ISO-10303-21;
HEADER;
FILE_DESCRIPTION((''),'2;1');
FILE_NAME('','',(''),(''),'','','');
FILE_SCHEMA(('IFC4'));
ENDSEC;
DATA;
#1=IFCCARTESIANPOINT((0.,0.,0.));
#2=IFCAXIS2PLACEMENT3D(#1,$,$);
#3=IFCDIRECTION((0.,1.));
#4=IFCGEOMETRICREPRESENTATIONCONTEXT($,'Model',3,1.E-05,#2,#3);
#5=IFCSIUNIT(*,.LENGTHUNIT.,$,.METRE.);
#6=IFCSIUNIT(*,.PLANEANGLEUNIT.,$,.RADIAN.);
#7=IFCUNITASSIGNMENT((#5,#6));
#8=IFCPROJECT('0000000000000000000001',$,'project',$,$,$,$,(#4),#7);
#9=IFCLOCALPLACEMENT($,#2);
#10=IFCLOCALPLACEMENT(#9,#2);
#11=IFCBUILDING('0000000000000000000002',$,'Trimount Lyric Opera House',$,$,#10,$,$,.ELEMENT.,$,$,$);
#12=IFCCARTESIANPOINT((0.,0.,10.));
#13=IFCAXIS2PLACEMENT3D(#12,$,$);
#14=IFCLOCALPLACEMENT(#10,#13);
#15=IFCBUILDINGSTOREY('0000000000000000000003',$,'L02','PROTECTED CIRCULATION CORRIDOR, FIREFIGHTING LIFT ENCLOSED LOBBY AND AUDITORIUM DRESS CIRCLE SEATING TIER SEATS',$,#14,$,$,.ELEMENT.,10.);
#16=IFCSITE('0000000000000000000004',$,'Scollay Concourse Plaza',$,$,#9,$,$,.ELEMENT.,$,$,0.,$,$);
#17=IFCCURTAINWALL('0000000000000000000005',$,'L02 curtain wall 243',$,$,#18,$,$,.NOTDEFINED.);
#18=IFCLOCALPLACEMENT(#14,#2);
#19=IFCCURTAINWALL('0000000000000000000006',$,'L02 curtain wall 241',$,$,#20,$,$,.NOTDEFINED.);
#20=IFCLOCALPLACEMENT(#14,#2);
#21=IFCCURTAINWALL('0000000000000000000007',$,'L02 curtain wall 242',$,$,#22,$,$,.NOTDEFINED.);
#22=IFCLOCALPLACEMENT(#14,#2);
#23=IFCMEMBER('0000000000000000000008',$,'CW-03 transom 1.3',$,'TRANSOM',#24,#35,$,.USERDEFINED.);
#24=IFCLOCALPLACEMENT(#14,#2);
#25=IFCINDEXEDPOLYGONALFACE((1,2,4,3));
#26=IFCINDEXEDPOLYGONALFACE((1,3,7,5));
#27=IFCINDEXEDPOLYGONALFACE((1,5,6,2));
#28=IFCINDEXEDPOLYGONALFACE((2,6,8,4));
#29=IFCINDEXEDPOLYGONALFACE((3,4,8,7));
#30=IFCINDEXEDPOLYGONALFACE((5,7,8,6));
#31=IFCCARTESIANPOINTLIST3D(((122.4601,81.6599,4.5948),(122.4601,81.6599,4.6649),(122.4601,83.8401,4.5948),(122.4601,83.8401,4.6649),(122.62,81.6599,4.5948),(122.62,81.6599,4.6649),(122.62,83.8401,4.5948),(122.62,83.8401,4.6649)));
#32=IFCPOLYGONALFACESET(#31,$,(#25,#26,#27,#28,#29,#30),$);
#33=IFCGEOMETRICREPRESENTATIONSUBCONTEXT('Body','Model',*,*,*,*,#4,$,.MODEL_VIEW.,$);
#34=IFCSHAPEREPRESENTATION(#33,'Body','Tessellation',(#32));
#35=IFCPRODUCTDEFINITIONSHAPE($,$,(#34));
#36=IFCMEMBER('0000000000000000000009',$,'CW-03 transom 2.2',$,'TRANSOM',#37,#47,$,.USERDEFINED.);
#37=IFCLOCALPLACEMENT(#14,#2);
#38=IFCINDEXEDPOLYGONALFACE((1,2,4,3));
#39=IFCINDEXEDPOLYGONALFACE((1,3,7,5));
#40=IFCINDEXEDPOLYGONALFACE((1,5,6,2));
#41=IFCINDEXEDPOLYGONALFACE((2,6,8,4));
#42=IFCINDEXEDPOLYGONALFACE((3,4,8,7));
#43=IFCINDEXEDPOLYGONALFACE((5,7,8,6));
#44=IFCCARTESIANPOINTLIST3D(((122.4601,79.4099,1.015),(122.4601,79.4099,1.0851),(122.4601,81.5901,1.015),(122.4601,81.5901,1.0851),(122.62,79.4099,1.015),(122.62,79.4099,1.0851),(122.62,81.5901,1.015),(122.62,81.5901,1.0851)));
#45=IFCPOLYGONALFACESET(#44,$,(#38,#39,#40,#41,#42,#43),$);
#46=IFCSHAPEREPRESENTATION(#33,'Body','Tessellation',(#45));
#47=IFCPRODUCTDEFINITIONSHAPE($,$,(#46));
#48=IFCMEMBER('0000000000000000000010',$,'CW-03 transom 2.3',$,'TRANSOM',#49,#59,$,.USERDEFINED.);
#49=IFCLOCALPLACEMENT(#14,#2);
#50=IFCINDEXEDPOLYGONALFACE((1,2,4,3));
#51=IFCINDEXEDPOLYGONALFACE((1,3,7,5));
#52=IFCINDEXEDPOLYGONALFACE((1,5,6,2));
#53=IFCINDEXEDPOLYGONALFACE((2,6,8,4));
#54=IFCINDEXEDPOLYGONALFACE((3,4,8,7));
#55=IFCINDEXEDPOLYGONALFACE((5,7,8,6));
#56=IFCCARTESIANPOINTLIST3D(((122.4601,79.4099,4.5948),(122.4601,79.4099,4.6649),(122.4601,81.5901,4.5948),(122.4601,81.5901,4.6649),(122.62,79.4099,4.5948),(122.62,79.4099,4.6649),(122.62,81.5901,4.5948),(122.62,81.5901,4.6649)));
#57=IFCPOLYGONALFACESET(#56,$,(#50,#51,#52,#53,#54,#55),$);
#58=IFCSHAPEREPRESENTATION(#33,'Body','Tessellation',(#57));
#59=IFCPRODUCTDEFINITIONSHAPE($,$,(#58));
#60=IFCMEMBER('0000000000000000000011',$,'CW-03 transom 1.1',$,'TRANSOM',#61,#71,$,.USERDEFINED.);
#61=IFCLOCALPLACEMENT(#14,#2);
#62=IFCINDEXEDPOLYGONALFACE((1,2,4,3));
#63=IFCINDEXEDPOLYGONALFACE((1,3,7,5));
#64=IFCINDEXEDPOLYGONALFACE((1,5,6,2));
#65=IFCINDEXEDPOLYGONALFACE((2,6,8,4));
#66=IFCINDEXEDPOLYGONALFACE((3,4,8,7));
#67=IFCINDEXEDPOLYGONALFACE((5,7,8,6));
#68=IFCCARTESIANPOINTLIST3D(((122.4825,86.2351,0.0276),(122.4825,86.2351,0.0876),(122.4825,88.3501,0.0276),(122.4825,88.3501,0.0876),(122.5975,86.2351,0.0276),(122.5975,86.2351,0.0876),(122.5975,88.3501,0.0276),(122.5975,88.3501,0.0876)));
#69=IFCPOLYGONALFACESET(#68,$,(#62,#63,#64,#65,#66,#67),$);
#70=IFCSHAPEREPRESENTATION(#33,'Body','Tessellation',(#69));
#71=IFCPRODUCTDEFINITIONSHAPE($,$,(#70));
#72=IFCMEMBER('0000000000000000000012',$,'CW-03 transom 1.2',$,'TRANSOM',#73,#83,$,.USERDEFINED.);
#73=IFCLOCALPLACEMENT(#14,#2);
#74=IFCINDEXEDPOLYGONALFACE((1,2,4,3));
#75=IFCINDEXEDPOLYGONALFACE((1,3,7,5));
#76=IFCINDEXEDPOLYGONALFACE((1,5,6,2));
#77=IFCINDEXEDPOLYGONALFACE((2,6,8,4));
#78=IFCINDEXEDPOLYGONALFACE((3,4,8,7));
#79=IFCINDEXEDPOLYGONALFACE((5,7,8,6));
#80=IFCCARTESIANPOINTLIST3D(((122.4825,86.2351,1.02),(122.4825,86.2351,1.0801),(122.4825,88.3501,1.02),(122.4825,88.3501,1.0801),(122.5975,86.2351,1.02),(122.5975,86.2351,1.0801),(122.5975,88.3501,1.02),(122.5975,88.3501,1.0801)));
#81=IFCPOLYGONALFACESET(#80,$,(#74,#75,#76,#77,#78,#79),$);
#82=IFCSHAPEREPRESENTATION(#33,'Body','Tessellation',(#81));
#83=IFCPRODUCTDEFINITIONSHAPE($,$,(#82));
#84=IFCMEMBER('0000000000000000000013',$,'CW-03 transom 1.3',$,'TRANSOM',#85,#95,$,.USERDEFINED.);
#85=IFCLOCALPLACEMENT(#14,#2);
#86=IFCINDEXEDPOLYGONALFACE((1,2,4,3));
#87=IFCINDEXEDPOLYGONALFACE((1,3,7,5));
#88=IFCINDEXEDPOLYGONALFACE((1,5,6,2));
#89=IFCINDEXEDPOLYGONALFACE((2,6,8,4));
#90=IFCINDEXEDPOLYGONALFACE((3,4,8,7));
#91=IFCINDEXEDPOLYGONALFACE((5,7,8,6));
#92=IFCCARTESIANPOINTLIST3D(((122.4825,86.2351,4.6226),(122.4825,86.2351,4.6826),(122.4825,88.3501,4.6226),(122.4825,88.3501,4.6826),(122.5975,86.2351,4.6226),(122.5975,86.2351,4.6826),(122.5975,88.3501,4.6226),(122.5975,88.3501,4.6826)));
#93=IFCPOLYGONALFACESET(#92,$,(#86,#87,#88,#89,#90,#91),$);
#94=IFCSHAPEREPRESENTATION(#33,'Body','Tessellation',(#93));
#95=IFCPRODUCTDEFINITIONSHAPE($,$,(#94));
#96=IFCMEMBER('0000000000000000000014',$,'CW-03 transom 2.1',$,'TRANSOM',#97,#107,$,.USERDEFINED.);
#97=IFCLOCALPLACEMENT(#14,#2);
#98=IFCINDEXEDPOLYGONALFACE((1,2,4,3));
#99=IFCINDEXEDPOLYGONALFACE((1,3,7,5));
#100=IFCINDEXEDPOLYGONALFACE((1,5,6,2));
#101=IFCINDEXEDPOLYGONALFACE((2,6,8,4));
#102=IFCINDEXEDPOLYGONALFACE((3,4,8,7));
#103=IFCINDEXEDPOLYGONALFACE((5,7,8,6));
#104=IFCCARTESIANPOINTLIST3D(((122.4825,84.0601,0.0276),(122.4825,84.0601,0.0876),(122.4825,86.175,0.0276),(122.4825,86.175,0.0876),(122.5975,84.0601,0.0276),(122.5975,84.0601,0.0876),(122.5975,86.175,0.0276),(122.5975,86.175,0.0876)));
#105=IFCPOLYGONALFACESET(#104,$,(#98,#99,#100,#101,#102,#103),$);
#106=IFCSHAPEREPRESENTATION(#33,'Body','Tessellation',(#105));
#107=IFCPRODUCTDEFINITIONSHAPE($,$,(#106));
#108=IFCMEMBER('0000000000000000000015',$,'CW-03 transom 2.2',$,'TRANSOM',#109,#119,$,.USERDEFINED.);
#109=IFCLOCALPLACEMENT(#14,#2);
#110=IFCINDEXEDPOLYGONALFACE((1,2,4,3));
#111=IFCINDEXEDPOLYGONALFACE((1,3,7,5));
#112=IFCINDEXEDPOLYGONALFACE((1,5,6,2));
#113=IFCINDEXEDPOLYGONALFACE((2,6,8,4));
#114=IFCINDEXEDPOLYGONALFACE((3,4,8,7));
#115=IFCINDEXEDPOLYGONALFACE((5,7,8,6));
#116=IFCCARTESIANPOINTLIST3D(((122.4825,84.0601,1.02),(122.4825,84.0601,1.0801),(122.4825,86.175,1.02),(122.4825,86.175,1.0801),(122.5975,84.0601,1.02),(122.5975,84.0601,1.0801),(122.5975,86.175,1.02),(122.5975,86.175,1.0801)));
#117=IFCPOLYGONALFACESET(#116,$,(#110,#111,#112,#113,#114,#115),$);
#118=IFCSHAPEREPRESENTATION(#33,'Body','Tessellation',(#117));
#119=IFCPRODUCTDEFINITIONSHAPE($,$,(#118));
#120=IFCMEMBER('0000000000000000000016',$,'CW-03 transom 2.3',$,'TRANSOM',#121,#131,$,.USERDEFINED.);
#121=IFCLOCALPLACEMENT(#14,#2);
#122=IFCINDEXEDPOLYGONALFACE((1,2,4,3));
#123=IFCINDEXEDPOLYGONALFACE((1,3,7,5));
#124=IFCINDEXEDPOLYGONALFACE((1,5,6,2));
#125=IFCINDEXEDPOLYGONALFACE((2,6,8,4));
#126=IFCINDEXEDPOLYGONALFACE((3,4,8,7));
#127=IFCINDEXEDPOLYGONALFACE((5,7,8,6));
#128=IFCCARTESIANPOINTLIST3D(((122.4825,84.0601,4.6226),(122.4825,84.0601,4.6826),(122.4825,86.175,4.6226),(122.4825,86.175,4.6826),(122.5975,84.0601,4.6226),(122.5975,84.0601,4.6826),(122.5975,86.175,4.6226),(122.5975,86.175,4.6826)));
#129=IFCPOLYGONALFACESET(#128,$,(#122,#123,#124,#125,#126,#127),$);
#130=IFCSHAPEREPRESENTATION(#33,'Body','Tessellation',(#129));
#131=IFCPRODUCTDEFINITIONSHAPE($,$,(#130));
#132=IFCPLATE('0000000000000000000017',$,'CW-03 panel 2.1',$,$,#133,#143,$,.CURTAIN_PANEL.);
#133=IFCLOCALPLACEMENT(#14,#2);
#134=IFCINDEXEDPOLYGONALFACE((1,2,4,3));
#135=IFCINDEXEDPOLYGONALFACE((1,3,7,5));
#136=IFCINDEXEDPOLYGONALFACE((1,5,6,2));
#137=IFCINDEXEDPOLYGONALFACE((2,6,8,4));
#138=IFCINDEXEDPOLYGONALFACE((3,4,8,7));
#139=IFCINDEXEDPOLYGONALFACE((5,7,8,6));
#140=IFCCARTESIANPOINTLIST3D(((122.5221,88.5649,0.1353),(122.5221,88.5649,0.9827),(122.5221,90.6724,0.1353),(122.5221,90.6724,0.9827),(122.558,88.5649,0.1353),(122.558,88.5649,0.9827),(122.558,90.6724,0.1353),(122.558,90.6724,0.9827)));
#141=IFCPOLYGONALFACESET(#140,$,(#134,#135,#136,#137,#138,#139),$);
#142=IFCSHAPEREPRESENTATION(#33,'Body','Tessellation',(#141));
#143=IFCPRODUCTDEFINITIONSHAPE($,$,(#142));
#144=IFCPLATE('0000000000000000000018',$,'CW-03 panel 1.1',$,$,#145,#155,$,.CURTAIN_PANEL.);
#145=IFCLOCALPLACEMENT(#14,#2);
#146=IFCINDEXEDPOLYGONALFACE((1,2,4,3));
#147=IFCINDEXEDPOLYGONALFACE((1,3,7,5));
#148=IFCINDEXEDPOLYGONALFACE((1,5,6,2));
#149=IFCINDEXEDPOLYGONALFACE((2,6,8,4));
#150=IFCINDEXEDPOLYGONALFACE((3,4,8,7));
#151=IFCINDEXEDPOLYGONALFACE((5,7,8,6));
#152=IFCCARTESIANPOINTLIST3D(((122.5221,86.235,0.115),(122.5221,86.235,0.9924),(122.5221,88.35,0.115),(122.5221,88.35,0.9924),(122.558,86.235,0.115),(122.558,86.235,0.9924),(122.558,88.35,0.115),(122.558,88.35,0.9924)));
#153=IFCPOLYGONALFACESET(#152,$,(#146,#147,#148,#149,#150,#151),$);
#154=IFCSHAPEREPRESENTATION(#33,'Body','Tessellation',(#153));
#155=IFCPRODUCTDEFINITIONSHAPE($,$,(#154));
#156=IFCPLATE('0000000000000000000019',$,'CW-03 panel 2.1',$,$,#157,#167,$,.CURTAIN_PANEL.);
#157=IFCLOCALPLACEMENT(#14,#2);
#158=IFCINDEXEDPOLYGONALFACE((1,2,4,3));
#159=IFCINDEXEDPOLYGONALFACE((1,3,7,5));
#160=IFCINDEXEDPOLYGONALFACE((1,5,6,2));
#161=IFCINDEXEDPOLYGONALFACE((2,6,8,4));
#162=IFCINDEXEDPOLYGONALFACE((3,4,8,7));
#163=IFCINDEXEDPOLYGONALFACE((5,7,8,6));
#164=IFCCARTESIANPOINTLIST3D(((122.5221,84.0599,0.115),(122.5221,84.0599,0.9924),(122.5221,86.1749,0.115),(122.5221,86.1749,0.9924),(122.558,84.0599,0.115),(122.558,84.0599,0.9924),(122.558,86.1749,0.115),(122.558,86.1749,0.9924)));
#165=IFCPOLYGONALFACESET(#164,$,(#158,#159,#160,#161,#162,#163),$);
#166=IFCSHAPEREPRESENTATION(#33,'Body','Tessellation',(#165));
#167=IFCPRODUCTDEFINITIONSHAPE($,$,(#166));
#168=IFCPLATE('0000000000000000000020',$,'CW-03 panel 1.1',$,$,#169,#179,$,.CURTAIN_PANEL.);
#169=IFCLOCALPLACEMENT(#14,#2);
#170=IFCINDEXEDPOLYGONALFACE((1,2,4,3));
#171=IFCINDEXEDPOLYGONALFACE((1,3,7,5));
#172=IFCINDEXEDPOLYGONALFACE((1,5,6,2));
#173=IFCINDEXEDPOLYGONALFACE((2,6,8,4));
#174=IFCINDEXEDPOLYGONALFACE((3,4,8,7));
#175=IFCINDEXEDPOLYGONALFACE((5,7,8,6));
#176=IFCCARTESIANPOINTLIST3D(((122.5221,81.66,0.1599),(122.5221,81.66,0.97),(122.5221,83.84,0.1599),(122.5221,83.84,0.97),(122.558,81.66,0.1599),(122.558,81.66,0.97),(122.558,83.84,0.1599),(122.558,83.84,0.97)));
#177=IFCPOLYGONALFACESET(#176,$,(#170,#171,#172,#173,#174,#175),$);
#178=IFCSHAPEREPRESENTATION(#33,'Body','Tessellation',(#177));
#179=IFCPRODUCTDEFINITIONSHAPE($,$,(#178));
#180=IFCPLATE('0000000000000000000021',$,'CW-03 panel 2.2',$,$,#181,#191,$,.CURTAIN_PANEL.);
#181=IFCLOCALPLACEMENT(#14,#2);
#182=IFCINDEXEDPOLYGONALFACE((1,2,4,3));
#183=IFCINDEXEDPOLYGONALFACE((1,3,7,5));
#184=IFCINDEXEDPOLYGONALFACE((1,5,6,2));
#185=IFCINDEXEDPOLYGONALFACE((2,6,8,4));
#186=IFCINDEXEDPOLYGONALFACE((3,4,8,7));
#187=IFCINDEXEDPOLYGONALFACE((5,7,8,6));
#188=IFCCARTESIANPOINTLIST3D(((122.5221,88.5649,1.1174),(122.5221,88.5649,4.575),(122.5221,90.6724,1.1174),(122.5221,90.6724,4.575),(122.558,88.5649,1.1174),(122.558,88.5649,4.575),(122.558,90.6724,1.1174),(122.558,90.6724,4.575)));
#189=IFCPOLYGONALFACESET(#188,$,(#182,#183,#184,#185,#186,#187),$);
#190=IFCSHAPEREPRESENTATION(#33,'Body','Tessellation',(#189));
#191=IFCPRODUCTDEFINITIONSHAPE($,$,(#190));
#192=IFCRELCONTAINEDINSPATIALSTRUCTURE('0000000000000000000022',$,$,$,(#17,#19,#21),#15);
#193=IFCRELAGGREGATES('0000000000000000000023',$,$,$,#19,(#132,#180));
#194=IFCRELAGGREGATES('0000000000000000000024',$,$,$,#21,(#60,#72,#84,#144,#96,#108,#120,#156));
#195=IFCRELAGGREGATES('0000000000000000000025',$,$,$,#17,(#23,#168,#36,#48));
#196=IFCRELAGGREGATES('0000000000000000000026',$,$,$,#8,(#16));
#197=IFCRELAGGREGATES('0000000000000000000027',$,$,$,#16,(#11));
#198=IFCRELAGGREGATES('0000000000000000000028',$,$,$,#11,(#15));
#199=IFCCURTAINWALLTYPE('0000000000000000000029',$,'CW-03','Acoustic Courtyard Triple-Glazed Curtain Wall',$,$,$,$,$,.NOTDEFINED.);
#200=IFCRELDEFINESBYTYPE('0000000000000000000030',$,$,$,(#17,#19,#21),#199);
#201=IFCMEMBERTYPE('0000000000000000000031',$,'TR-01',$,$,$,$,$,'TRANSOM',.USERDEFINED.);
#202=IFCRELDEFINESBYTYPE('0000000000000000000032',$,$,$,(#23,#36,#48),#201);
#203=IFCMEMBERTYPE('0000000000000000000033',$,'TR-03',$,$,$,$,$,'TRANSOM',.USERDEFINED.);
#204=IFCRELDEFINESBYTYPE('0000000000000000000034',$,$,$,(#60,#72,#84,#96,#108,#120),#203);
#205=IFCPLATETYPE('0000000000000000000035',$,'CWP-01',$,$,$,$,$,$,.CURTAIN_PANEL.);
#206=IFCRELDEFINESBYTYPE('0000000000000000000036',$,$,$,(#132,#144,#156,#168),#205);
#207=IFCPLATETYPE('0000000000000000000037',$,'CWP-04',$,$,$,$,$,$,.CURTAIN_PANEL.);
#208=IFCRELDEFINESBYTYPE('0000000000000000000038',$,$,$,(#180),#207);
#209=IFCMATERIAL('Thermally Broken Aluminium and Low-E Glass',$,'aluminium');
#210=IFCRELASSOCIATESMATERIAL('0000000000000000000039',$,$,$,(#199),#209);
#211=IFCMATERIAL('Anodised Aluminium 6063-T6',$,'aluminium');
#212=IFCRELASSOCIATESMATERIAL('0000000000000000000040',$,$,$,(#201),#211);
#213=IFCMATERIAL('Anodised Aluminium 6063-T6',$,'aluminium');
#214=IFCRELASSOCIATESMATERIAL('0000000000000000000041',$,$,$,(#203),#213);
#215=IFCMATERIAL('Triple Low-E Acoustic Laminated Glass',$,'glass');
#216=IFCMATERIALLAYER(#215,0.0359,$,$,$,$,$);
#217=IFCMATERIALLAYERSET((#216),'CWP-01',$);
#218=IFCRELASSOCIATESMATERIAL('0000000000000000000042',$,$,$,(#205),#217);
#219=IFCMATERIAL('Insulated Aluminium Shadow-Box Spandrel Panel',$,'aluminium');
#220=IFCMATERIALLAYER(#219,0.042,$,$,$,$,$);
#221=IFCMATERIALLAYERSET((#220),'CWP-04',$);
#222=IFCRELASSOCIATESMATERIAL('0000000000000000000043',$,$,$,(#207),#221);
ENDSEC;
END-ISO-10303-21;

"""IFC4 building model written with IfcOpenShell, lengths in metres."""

from ifc_helpers import new_model, si_unit, direction, frame, origin, origin_2d, place, context, subcontext, project, spatial, rectangle, extrude, material, layer, layer_set, material_profile, profile_set, type_object, element, aggregate, save


model = new_model("IFC4")

# Units and contexts
model_context = context("Model", 3, precision=1e-05, world=origin(), true_north=direction((0.0, 1.0)))
body_context = subcontext(model_context, "Body", "Model", "MODEL_VIEW")
ifc_project = project(units=[si_unit("LENGTHUNIT", "METRE"), si_unit("PLANEANGLEUNIT", "RADIAN")], contexts=[model_context])

# Site, building, storey
site_placement = place(None, origin())
site = spatial("IfcSite", under=ifc_project, at=site_placement, Name="Scollay Concourse Plaza", CompositionType="ELEMENT", RefElevation=0.0)
building_placement = place(site_placement, origin())
building = spatial("IfcBuilding", under=site, at=building_placement, Name="Trimount Lyric Opera House", CompositionType="ELEMENT")
storey_placement = place(building_placement, frame((0.0, 0.0, 10.0)))
storey = spatial("IfcBuildingStorey", under=building, at=storey_placement, Name="L02", Description="PROTECTED CIRCULATION CORRIDOR, FIREFIGHTING LIFT ENCLOSED LOBBY AND AUDITORIUM DRESS CIRCLE SEATING TIER SEATS", CompositionType="ELEMENT", Elevation=10.0)

# Curtain wall
ifc_material_1 = material(Name="Thermally Broken Aluminium and Low-E Glass", Category="aluminium")
curtain_wall_type = type_object("IfcCurtainWallType", Name="CW-03", Description="Acoustic Courtyard Triple-Glazed Curtain Wall", PredefinedType="NOTDEFINED", material=ifc_material_1)
curtain_wall_1_placement = place(storey_placement, origin())
curtain_wall_1 = element("IfcCurtainWall", 1, at=curtain_wall_1_placement, inside=storey, type_object=curtain_wall_type, Name="L02 curtain wall 243", PredefinedType="NOTDEFINED")

# Curtain wall
curtain_wall_2_placement = place(storey_placement, origin())
curtain_wall_2 = element("IfcCurtainWall", 2, at=curtain_wall_2_placement, inside=storey, type_object=curtain_wall_type, Name="L02 curtain wall 241", PredefinedType="NOTDEFINED")

# Curtain wall
curtain_wall_3_placement = place(storey_placement, origin())
curtain_wall_3 = element("IfcCurtainWall", 3, at=curtain_wall_3_placement, inside=storey, type_object=curtain_wall_type, Name="L02 curtain wall 242", PredefinedType="NOTDEFINED")

# Members
ifc_material_2 = material(Name="Anodised Aluminium 6063-T6", Category="aluminium")
ifc_material_profile_1 = material_profile(ifc_material_2, rectangle(XDim=0.1599, YDim=0.0701, at=origin_2d()), Name="ALU-TRAN-70X160")
ifc_profile_set_1 = profile_set([ifc_material_profile_1], Name="Anodised Aluminium 6063-T6")
member_type_1 = type_object("IfcMemberType", Name="TR-01", ElementType="TRANSOM", PredefinedType="USERDEFINED", material=ifc_profile_set_1)
member_1_placement = place(storey_placement, frame((122.54, 83.8401, 4.6299), z_axis=(0.0, -1.0, 0.0), x_axis=(1.0, 0.0, 0.0)))
member_1 = element("IfcMember", 4, at=member_1_placement, type_object=member_type_1, Name="CW-03 transom 1.3", ObjectType="TRANSOM", PredefinedType="USERDEFINED", context=body_context, shape_type="SweptSolid", body=[
    extrude(rectangle(XDim=0.1599, YDim=0.0701, at=origin_2d()), origin(), (0.0, 0.0, 1.0), 2.1802),
])
member_2_placement = place(storey_placement, frame((122.54, 81.5901, 1.05), z_axis=(0.0, -1.0, 0.0), x_axis=(1.0, 0.0, 0.0)))
member_2 = element("IfcMember", 5, at=member_2_placement, type_object=member_type_1, Name="CW-03 transom 2.2", ObjectType="TRANSOM", PredefinedType="USERDEFINED", context=body_context, shape_type="SweptSolid", body=[
    extrude(rectangle(XDim=0.1599, YDim=0.0701, at=origin_2d()), origin(), (0.0, 0.0, 1.0), 2.1802),
])
member_3_placement = place(storey_placement, frame((122.54, 81.5901, 4.6299), z_axis=(0.0, -1.0, 0.0), x_axis=(1.0, 0.0, 0.0)))
member_3 = element("IfcMember", 6, at=member_3_placement, type_object=member_type_1, Name="CW-03 transom 2.3", ObjectType="TRANSOM", PredefinedType="USERDEFINED", context=body_context, shape_type="SweptSolid", body=[
    extrude(rectangle(XDim=0.1599, YDim=0.0701, at=origin_2d()), origin(), (0.0, 0.0, 1.0), 2.1802),
])
ifc_material_3 = material(Name="Anodised Aluminium 6063-T6", Category="aluminium")
ifc_material_profile_2 = material_profile(ifc_material_3, rectangle(XDim=0.115, YDim=0.0601, at=origin_2d()), Name="ALU-TRAN-60X115")
ifc_profile_set_2 = profile_set([ifc_material_profile_2], Name="Anodised Aluminium 6063-T6")
member_type_2 = type_object("IfcMemberType", Name="TR-03", ElementType="TRANSOM", PredefinedType="USERDEFINED", material=ifc_profile_set_2)
member_4_placement = place(storey_placement, frame((122.54, 88.3501, 0.0576), z_axis=(0.0, -1.0, 0.0), x_axis=(1.0, 0.0, 0.0)))
member_4 = element("IfcMember", 7, at=member_4_placement, type_object=member_type_2, Name="CW-03 transom 1.1", ObjectType="TRANSOM", PredefinedType="USERDEFINED", context=body_context, shape_type="SweptSolid", body=[
    extrude(rectangle(XDim=0.115, YDim=0.0601, at=origin_2d()), origin(), (0.0, 0.0, 1.0), 2.115),
])
member_5_placement = place(storey_placement, frame((122.54, 88.3501, 1.05), z_axis=(0.0, -1.0, 0.0), x_axis=(1.0, 0.0, 0.0)))
member_5 = element("IfcMember", 8, at=member_5_placement, type_object=member_type_2, Name="CW-03 transom 1.2", ObjectType="TRANSOM", PredefinedType="USERDEFINED", context=body_context, shape_type="SweptSolid", body=[
    extrude(rectangle(XDim=0.115, YDim=0.0601, at=origin_2d()), origin(), (0.0, 0.0, 1.0), 2.115),
])
member_6_placement = place(storey_placement, frame((122.54, 88.3501, 4.6526), z_axis=(0.0, -1.0, 0.0), x_axis=(1.0, 0.0, 0.0)))
member_6 = element("IfcMember", 9, at=member_6_placement, type_object=member_type_2, Name="CW-03 transom 1.3", ObjectType="TRANSOM", PredefinedType="USERDEFINED", context=body_context, shape_type="SweptSolid", body=[
    extrude(rectangle(XDim=0.115, YDim=0.0601, at=origin_2d()), origin(), (0.0, 0.0, 1.0), 2.115),
])
member_7_placement = place(storey_placement, frame((122.54, 86.175, 0.0576), z_axis=(0.0, -1.0, 0.0), x_axis=(1.0, 0.0, 0.0)))
member_7 = element("IfcMember", 10, at=member_7_placement, type_object=member_type_2, Name="CW-03 transom 2.1", ObjectType="TRANSOM", PredefinedType="USERDEFINED", context=body_context, shape_type="SweptSolid", body=[
    extrude(rectangle(XDim=0.115, YDim=0.0601, at=origin_2d()), origin(), (0.0, 0.0, 1.0), 2.115),
])
member_8_placement = place(storey_placement, frame((122.54, 86.175, 1.05), z_axis=(0.0, -1.0, 0.0), x_axis=(1.0, 0.0, 0.0)))
member_8 = element("IfcMember", 11, at=member_8_placement, type_object=member_type_2, Name="CW-03 transom 2.2", ObjectType="TRANSOM", PredefinedType="USERDEFINED", context=body_context, shape_type="SweptSolid", body=[
    extrude(rectangle(XDim=0.115, YDim=0.0601, at=origin_2d()), origin(), (0.0, 0.0, 1.0), 2.115),
])
member_9_placement = place(storey_placement, frame((122.54, 86.175, 4.6526), z_axis=(0.0, -1.0, 0.0), x_axis=(1.0, 0.0, 0.0)))
member_9 = element("IfcMember", 12, at=member_9_placement, type_object=member_type_2, Name="CW-03 transom 2.3", ObjectType="TRANSOM", PredefinedType="USERDEFINED", context=body_context, shape_type="SweptSolid", body=[
    extrude(rectangle(XDim=0.115, YDim=0.0601, at=origin_2d()), origin(), (0.0, 0.0, 1.0), 2.115),
])

# Plates
ifc_material_4 = material(Name="Triple Low-E Acoustic Laminated Glass", Category="glass")
ifc_layer_1 = layer(ifc_material_4, 0.0359)
ifc_layer_set_1 = layer_set([ifc_layer_1], Name="CWP-01")
plate_type_1 = type_object("IfcPlateType", Name="CWP-01", PredefinedType="CURTAIN_PANEL", material=ifc_layer_set_1)
plate_1_placement = place(storey_placement, frame((122.54, 89.6187, 0.1353), z_axis=(0.0, 0.0, 1.0), x_axis=(0.0, -1.0, 0.0)))
plate_1 = element("IfcPlate", 13, at=plate_1_placement, type_object=plate_type_1, Name="CW-03 panel 2.1", PredefinedType="CURTAIN_PANEL", context=body_context, shape_type="SweptSolid", body=[
    extrude(rectangle(XDim=2.1074, YDim=0.0359, at=origin_2d()), origin(), (0.0, 0.0, 1.0), 0.8474),
])
plate_2_placement = place(storey_placement, frame((122.54, 87.2925, 0.115), z_axis=(0.0, 0.0, 1.0), x_axis=(0.0, -1.0, 0.0)))
plate_2 = element("IfcPlate", 14, at=plate_2_placement, type_object=plate_type_1, Name="CW-03 panel 1.1", PredefinedType="CURTAIN_PANEL", context=body_context, shape_type="SweptSolid", body=[
    extrude(rectangle(XDim=2.115, YDim=0.0359, at=origin_2d()), origin(), (0.0, 0.0, 1.0), 0.8774),
])
plate_3_placement = place(storey_placement, frame((122.54, 85.1174, 0.115), z_axis=(0.0, 0.0, 1.0), x_axis=(0.0, -1.0, 0.0)))
plate_3 = element("IfcPlate", 15, at=plate_3_placement, type_object=plate_type_1, Name="CW-03 panel 2.1", PredefinedType="CURTAIN_PANEL", context=body_context, shape_type="SweptSolid", body=[
    extrude(rectangle(XDim=2.115, YDim=0.0359, at=origin_2d()), origin(), (0.0, 0.0, 1.0), 0.8774),
])
plate_4_placement = place(storey_placement, frame((122.54, 82.75, 0.1599), z_axis=(0.0, 0.0, 1.0), x_axis=(0.0, -1.0, 0.0)))
plate_4 = element("IfcPlate", 16, at=plate_4_placement, type_object=plate_type_1, Name="CW-03 panel 1.1", PredefinedType="CURTAIN_PANEL", context=body_context, shape_type="SweptSolid", body=[
    extrude(rectangle(XDim=2.1799, YDim=0.0359, at=origin_2d()), origin(), (0.0, 0.0, 1.0), 0.8101),
])
ifc_material_5 = material(Name="Insulated Aluminium Shadow-Box Spandrel Panel", Category="aluminium")
ifc_layer_2 = layer(ifc_material_5, 0.042)
ifc_layer_set_2 = layer_set([ifc_layer_2], Name="CWP-04")
plate_type_2 = type_object("IfcPlateType", Name="CWP-04", PredefinedType="CURTAIN_PANEL", material=ifc_layer_set_2)
plate_5_placement = place(storey_placement, frame((122.54, 89.6187, 1.1174), z_axis=(0.0, 0.0, 1.0), x_axis=(0.0, -1.0, 0.0)))
plate_5 = element("IfcPlate", 17, at=plate_5_placement, type_object=plate_type_2, Name="CW-03 panel 2.2", PredefinedType="CURTAIN_PANEL", context=body_context, shape_type="SweptSolid", body=[
    extrude(rectangle(XDim=2.1074, YDim=0.0359, at=origin_2d()), origin(), (0.0, 0.0, 1.0), 3.4575),
])
aggregate(curtain_wall_2, [plate_1, plate_5])
aggregate(curtain_wall_3, [member_4, member_5, member_6, plate_2, member_7, member_8, member_9, plate_3])
aggregate(curtain_wall_1, [member_1, plate_4, member_2, member_3])

save(model, "model.ifc")
